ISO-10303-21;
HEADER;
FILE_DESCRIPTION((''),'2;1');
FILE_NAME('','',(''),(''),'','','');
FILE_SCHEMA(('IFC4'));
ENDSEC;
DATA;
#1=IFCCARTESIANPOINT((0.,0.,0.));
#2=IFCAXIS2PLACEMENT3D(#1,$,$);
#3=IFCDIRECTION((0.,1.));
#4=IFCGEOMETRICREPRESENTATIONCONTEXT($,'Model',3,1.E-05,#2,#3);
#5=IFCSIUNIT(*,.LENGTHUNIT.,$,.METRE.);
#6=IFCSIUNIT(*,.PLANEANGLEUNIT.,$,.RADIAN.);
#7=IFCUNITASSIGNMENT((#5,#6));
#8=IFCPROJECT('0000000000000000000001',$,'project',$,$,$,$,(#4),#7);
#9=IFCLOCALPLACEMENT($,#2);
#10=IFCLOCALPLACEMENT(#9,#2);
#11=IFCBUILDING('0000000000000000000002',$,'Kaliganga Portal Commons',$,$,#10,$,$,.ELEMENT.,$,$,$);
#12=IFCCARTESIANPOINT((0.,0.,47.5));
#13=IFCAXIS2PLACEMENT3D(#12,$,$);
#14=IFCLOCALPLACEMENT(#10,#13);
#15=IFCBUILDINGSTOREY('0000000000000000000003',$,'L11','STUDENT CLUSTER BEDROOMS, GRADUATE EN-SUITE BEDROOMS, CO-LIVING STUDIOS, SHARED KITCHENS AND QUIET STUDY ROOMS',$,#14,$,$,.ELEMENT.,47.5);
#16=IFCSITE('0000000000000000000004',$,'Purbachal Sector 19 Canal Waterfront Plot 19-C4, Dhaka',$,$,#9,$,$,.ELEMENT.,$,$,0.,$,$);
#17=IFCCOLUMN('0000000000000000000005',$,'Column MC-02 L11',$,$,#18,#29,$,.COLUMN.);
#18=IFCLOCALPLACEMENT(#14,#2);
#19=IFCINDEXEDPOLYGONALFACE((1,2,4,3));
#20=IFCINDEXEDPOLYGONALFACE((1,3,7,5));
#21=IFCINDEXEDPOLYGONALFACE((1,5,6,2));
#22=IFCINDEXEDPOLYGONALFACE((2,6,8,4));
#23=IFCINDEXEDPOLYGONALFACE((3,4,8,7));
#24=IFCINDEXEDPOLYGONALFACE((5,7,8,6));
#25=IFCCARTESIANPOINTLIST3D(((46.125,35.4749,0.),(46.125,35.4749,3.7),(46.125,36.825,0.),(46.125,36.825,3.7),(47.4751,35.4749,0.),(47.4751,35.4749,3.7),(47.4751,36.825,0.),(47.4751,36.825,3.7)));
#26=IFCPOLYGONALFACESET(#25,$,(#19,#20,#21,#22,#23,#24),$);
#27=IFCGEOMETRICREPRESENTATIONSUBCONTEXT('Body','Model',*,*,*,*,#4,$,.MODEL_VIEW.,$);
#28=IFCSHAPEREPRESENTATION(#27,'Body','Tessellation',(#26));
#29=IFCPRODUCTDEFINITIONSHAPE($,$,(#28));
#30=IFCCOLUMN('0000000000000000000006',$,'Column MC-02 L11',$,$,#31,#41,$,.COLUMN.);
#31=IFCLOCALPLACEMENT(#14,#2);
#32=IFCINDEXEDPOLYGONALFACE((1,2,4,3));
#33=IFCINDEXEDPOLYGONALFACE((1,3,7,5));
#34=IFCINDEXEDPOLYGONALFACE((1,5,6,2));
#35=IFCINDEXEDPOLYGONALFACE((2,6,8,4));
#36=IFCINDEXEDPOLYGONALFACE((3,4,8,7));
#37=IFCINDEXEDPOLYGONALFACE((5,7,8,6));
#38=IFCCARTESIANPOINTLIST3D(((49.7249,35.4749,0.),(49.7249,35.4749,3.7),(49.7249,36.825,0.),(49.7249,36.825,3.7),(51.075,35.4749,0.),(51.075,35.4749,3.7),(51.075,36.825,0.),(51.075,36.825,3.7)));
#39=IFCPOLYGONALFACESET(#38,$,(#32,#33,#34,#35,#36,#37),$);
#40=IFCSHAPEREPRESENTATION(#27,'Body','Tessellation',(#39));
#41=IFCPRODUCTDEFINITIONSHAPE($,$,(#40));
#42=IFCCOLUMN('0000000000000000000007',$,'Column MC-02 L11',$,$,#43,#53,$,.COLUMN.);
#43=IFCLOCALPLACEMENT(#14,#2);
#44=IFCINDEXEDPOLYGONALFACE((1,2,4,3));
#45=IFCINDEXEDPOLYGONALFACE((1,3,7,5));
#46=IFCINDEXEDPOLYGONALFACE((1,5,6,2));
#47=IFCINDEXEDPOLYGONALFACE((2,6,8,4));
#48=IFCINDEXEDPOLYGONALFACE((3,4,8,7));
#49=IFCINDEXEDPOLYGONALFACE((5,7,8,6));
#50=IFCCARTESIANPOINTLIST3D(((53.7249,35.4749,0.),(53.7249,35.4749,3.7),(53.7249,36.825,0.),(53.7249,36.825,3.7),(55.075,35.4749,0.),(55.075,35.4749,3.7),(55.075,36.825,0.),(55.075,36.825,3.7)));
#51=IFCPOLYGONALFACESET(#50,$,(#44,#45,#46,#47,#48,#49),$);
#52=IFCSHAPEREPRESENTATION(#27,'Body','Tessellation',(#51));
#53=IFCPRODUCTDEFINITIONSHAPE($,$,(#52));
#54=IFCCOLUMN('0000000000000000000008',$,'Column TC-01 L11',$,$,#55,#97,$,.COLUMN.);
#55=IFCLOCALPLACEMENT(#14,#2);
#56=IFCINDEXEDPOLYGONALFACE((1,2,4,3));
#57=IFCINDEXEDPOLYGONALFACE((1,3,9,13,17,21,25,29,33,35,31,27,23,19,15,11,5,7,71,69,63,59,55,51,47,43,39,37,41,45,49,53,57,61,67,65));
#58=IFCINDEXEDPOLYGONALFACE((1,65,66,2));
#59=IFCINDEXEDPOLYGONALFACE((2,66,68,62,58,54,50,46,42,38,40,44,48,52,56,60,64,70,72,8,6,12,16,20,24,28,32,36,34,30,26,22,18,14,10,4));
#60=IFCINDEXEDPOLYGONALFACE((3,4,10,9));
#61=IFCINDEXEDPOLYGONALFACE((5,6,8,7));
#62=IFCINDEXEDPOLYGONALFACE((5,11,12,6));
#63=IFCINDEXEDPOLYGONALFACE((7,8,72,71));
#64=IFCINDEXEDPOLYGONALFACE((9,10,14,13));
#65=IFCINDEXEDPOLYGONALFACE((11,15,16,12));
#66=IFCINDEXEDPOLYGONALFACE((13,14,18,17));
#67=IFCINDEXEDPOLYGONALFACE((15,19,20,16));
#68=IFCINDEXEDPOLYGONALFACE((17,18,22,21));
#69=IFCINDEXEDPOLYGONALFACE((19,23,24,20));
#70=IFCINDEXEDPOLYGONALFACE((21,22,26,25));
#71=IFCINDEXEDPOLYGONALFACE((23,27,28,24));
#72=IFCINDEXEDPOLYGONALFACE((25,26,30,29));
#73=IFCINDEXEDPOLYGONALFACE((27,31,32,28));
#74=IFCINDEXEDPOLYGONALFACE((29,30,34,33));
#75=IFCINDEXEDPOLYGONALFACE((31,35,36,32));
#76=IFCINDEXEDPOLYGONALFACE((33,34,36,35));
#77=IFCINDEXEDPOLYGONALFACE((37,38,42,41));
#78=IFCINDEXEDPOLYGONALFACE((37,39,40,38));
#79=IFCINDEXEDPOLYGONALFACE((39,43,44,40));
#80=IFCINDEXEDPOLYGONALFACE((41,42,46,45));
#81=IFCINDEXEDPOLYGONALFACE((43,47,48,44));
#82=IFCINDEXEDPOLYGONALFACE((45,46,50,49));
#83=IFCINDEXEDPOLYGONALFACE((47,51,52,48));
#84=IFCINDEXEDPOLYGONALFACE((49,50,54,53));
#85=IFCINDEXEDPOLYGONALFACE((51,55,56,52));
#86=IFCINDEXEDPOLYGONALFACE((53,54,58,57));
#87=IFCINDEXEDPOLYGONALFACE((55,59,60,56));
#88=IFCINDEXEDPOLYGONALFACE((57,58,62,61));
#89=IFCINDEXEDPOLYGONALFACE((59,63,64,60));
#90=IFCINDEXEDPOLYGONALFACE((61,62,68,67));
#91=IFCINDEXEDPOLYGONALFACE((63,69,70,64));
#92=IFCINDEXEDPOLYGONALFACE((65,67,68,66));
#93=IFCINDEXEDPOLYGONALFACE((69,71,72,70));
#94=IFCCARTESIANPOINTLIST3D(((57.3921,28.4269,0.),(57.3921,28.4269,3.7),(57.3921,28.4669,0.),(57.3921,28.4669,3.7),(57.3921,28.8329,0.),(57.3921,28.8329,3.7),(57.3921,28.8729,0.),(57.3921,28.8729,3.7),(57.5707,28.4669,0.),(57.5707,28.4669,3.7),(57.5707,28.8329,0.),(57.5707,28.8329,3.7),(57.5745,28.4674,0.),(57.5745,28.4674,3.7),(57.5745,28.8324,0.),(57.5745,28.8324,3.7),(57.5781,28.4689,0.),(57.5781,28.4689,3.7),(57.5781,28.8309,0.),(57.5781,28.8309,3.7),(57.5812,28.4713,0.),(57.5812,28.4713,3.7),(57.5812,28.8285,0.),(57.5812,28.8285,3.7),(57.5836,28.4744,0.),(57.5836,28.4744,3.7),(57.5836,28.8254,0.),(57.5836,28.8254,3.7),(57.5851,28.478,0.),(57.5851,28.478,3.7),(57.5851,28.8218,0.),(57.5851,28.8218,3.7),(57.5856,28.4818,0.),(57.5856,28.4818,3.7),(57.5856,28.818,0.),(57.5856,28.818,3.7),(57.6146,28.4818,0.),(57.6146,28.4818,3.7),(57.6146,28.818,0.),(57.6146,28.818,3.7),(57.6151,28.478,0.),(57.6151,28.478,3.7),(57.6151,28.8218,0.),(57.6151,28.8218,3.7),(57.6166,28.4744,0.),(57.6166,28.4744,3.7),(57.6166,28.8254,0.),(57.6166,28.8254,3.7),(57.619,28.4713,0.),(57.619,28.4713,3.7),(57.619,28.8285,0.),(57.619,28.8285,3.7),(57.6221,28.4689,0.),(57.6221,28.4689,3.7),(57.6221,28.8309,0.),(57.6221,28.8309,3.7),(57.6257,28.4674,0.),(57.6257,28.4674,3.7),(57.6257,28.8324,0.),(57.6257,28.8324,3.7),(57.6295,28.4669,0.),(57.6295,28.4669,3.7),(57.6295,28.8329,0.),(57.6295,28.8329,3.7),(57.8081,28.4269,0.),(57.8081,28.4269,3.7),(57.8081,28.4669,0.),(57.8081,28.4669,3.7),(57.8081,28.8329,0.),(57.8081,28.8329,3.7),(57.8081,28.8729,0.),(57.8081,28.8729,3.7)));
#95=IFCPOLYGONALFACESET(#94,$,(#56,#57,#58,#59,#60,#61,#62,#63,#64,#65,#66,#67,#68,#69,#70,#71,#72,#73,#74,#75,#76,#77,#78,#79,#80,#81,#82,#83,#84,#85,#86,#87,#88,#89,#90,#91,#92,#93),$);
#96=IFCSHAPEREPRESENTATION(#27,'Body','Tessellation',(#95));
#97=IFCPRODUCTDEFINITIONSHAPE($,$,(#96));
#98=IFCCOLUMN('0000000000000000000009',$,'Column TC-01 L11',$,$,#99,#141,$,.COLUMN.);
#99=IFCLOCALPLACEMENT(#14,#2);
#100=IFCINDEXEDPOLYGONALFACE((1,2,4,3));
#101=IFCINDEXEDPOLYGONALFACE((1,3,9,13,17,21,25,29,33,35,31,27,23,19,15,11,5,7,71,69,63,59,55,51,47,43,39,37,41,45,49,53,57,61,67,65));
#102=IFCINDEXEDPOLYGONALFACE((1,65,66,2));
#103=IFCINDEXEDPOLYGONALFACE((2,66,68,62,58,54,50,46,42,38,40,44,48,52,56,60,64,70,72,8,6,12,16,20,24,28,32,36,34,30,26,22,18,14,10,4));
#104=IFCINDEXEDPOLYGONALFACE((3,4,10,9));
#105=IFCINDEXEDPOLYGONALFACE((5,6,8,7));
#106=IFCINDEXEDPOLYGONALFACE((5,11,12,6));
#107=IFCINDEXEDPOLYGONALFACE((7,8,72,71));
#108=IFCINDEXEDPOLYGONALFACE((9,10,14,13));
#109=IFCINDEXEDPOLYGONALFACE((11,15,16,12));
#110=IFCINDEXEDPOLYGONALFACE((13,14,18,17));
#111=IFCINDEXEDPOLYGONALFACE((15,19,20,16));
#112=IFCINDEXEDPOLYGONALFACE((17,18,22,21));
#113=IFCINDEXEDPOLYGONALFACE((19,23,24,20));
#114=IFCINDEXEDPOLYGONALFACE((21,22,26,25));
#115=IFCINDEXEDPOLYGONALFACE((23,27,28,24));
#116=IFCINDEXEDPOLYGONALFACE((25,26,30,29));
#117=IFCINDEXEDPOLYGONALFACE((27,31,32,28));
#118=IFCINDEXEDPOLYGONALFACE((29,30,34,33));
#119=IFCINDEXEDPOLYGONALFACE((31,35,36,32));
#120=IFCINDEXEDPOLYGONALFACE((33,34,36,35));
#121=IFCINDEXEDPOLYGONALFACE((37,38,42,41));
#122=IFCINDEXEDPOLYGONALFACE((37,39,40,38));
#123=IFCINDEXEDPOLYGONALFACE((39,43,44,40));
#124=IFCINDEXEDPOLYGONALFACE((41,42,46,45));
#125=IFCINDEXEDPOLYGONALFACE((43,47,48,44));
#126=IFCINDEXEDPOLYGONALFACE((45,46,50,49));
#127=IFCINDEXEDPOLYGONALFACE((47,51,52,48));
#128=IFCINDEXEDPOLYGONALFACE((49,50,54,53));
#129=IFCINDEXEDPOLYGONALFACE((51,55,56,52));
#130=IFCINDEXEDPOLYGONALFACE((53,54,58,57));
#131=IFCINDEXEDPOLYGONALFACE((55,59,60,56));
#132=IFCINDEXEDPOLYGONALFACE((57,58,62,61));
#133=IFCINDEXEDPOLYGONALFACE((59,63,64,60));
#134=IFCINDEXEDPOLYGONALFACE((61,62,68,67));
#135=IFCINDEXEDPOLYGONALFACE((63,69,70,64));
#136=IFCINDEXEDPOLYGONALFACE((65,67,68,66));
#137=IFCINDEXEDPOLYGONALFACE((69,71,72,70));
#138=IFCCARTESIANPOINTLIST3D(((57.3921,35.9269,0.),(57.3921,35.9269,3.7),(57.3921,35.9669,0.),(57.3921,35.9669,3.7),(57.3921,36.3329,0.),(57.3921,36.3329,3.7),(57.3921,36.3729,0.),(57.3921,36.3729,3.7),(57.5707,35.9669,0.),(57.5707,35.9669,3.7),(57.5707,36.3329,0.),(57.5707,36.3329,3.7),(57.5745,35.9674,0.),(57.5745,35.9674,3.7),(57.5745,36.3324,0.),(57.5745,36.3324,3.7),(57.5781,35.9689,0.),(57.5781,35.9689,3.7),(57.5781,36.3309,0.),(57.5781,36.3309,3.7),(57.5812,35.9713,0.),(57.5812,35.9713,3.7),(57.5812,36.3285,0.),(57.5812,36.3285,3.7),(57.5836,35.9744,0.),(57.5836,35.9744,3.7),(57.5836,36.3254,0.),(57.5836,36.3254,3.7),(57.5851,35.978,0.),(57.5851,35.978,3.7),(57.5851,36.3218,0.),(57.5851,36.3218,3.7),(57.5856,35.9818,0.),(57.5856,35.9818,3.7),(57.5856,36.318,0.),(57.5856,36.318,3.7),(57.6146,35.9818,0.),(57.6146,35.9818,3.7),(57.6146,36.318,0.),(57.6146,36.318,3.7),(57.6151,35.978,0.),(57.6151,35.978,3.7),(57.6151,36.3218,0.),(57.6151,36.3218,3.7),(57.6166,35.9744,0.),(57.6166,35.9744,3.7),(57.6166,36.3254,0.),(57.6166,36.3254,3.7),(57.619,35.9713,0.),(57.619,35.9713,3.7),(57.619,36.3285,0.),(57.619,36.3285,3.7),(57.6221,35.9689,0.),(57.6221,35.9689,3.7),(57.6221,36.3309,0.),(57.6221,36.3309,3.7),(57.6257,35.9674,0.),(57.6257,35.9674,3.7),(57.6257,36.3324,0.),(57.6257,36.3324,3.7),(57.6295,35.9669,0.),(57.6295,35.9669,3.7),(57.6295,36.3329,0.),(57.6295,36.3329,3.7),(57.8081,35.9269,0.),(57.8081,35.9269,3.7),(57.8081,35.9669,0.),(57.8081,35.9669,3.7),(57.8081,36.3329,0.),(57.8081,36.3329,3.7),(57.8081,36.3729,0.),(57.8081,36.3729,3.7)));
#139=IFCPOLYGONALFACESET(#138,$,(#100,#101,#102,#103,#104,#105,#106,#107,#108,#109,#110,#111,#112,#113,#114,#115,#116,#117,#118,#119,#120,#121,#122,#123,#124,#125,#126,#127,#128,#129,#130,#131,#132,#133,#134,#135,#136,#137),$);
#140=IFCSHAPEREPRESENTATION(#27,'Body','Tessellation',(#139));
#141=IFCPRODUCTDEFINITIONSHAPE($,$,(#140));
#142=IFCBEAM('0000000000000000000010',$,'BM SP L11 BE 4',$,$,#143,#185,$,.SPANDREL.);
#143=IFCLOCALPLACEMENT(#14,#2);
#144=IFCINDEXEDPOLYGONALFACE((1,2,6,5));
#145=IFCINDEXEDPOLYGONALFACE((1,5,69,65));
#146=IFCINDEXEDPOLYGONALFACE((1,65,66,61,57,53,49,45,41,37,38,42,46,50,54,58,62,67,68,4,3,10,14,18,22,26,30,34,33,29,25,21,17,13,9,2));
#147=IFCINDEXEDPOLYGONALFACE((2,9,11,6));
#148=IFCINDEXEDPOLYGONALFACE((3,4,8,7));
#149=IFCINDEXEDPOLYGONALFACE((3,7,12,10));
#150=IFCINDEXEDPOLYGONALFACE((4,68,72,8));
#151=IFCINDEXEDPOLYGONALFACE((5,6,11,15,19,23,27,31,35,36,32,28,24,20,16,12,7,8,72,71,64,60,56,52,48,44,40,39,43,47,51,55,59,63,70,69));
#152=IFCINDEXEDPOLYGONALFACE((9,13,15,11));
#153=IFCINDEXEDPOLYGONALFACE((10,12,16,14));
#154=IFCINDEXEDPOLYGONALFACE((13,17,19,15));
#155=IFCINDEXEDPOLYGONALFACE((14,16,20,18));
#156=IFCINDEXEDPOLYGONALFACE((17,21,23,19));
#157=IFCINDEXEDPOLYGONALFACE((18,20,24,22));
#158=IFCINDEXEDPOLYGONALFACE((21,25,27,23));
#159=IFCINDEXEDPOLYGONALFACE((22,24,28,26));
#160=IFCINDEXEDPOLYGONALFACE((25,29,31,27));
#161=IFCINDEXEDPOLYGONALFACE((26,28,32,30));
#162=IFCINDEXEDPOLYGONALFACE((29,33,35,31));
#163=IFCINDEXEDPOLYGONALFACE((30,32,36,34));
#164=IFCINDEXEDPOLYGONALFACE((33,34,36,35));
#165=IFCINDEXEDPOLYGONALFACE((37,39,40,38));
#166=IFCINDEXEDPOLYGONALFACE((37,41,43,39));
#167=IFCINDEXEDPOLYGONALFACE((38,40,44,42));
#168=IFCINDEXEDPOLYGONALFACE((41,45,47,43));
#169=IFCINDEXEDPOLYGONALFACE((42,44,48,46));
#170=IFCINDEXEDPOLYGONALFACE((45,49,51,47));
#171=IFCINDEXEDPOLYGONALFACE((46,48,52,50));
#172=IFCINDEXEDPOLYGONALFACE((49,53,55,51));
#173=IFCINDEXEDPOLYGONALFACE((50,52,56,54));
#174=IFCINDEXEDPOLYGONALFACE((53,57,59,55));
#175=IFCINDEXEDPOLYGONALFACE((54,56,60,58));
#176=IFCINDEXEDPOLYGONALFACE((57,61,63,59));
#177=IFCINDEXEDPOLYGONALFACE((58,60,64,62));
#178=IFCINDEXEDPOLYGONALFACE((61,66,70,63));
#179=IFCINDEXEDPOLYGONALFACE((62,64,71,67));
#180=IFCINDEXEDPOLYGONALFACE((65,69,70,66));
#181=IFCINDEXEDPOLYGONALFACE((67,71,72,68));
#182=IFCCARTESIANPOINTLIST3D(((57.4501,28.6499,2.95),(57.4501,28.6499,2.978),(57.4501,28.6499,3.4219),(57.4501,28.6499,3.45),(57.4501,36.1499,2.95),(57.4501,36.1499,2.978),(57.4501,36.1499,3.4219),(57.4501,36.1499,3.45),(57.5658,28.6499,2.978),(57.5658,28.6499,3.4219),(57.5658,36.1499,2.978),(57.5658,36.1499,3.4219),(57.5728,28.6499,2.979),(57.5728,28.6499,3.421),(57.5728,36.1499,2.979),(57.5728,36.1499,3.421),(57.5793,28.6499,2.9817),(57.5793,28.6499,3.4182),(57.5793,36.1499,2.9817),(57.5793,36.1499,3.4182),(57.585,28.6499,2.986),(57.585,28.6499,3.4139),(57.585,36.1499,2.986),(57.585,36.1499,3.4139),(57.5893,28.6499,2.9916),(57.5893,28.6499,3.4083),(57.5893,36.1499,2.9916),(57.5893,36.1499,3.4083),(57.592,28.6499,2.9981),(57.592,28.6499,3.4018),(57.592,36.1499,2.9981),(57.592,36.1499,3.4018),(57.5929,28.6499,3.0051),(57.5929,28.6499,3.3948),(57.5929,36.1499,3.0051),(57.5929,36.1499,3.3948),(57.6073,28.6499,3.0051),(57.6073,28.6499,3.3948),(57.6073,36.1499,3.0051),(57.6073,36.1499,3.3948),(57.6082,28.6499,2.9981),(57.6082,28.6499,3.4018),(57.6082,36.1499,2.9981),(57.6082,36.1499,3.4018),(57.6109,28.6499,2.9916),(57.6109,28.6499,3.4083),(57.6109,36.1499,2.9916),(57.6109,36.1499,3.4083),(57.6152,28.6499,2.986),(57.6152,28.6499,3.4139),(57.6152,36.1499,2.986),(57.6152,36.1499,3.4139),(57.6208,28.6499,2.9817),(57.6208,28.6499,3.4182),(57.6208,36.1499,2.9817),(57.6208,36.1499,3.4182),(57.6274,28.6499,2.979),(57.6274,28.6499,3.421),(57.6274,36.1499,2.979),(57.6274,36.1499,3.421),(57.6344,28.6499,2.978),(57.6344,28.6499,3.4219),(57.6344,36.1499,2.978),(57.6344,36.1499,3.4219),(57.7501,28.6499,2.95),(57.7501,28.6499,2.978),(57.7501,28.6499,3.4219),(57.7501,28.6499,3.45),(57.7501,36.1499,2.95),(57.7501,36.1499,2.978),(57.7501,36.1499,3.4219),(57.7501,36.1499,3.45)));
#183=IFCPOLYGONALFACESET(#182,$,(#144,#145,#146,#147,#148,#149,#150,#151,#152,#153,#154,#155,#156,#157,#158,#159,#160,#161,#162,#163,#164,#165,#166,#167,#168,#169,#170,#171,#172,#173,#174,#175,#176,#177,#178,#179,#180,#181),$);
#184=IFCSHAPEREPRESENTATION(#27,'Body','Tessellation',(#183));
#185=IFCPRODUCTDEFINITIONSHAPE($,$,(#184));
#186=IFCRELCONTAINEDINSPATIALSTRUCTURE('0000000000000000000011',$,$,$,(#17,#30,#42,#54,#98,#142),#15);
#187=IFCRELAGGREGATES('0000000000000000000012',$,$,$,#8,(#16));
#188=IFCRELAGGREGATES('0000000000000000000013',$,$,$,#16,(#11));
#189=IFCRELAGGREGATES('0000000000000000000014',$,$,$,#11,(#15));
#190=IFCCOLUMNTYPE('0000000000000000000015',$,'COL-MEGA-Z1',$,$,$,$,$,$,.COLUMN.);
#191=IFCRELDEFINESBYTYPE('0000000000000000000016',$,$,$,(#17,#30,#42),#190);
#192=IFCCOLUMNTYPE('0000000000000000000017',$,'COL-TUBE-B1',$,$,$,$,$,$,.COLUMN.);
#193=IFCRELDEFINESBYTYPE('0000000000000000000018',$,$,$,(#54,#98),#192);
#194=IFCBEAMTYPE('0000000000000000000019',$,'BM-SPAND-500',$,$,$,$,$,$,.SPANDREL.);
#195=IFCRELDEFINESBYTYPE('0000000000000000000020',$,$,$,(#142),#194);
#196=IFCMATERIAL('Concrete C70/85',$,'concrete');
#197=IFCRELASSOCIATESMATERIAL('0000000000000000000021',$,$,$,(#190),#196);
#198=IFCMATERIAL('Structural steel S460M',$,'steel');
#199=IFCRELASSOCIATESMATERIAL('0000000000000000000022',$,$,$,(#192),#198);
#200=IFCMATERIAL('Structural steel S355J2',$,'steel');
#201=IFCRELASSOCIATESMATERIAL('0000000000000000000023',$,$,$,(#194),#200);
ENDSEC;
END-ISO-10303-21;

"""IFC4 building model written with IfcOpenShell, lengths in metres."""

from ifc_helpers import new_model, si_unit, direction, frame, origin, origin_2d, place, context, subcontext, project, spatial, rectangle, i_section, extrude, source, transform, mapped, material, material_profile, profile_set, type_object, element, save


model = new_model("IFC4")

# Units and contexts
model_context = context("Model", 3, precision=1e-05, world=origin(), true_north=direction((0.0, 1.0)))
body_context = subcontext(model_context, "Body", "Model", "MODEL_VIEW")
ifc_project = project(units=[si_unit("LENGTHUNIT", "METRE"), si_unit("PLANEANGLEUNIT", "RADIAN")], contexts=[model_context])

# Site, building, storey
site_placement = place(None, origin())
site = spatial("IfcSite", under=ifc_project, at=site_placement, Name="Purbachal Sector 19 Canal Waterfront Plot 19-C4, Dhaka", CompositionType="ELEMENT", RefElevation=0.0)
building_placement = place(site_placement, origin())
building = spatial("IfcBuilding", under=site, at=building_placement, Name="Kaliganga Portal Commons", CompositionType="ELEMENT")
storey_placement = place(building_placement, frame((0.0, 0.0, 47.5)))
storey = spatial("IfcBuildingStorey", under=building, at=storey_placement, Name="L11", Description="STUDENT CLUSTER BEDROOMS, GRADUATE EN-SUITE BEDROOMS, CO-LIVING STUDIOS, SHARED KITCHENS AND QUIET STUDY ROOMS", CompositionType="ELEMENT", Elevation=47.5)

# Columns
ifc_material_1 = material(Name="Concrete C70/85", Category="concrete")
ifc_material_profile_1 = material_profile(ifc_material_1, rectangle(XDim=1.3501, YDim=1.3501, at=origin_2d()), Name="RC 1350x1350")
ifc_profile_set_1 = profile_set([ifc_material_profile_1], Name="Concrete C70/85")
column_type_1 = type_object("IfcColumnType", Name="COL-MEGA-Z1", PredefinedType="COLUMN", material=ifc_profile_set_1)
shared_shape_1 = source(origin(), body_context, "Body", "SweptSolid", [
    extrude(rectangle(XDim=1.3501, YDim=1.3501, at=origin_2d()), origin(), (0.0, 0.0, 1.0), 3.7),
])
for number, where, z_axis, x_axis, name in (
    (1, (46.8, 36.1499, 0.0), (0.0, 0.0, 1.0), (1.0, 0.0, 0.0), "Column MC-02 L11"),
    (2, (50.3999, 36.1499, 0.0), (0.0, 0.0, 1.0), (1.0, 0.0, 0.0), "Column MC-02 L11"),
    (3, (54.3999, 36.1499, 0.0), (0.0, 0.0, 1.0), (1.0, 0.0, 0.0), "Column MC-02 L11"),
):
    element("IfcColumn", number, at=place(storey_placement, frame(where, z_axis=z_axis, x_axis=x_axis)), inside=storey, type_object=column_type_1, Name=name, PredefinedType="COLUMN", context=body_context, shape_type="MappedRepresentation", body=[
        mapped(shared_shape_1, transform((0.0, 0.0, 0.0), x_axis=(1.0, 0.0, 0.0), y_axis=(0.0, 1.0, 0.0), z_axis=(0.0, 0.0, 1.0), scale=1.0)),
    ])
ifc_material_2 = material(Name="Structural steel S460M", Category="steel")
ifc_material_profile_2 = material_profile(ifc_material_2, i_section(OverallWidth=0.416, OverallDepth=0.446, WebThickness=0.0291, FlangeThickness=0.04, FilletRadius=0.0149, at=origin_2d()), Name="HD 400x509")
ifc_profile_set_2 = profile_set([ifc_material_profile_2], Name="Structural steel S460M wide-flange")
column_type_2 = type_object("IfcColumnType", Name="COL-TUBE-B1", PredefinedType="COLUMN", material=ifc_profile_set_2)
shared_shape_2 = source(origin(), body_context, "Body", "SweptSolid", [
    extrude(i_section(OverallWidth=0.416, OverallDepth=0.446, WebThickness=0.0291, FlangeThickness=0.04, FilletRadius=0.0149, at=origin_2d()), origin(), (0.0, 0.0, 1.0), 3.7),
])
for number, where, z_axis, x_axis, name in (
    (4, (57.6001, 28.6499, 0.0), (0.0, 0.0, 1.0), (1.0, 0.0, 0.0), "Column TC-01 L11"),
    (5, (57.6001, 36.1499, 0.0), (0.0, 0.0, 1.0), (1.0, 0.0, 0.0), "Column TC-01 L11"),
):
    element("IfcColumn", number, at=place(storey_placement, frame(where, z_axis=z_axis, x_axis=x_axis)), inside=storey, type_object=column_type_2, Name=name, PredefinedType="COLUMN", context=body_context, shape_type="MappedRepresentation", body=[
        mapped(shared_shape_2, transform((0.0, 0.0, 0.0), x_axis=(1.0, 0.0, 0.0), y_axis=(0.0, 1.0, 0.0), z_axis=(0.0, 0.0, 1.0), scale=1.0)),
    ])

# Beam
ifc_material_3 = material(Name="Structural steel S355J2", Category="steel")
ifc_material_profile_3 = material_profile(ifc_material_3, i_section(OverallWidth=0.3, OverallDepth=0.5, WebThickness=0.0144, FlangeThickness=0.0281, FilletRadius=0.0271, at=origin_2d()), Name="HE 500 B")
ifc_profile_set_3 = profile_set([ifc_material_profile_3], Name="Structural steel S355J2 wide-flange")
beam_type_1 = type_object("IfcBeamType", Name="BM-SPAND-500", PredefinedType="SPANDREL", material=ifc_profile_set_3)
shared_shape_3 = source(origin(), body_context, "Body", "SweptSolid", [
    extrude(i_section(OverallWidth=0.3, OverallDepth=0.5, WebThickness=0.0144, FlangeThickness=0.0281, FilletRadius=0.0271, at=origin_2d()), origin(), (0.0, 0.0, 1.0), 7.5),
])
beam_1_placement = place(storey_placement, frame((57.6001, 28.6499, 3.2), z_axis=(0.0, 1.0, 0.0), x_axis=(-1.0, 0.0, 0.0)))
element("IfcBeam", 6, at=beam_1_placement, inside=storey, type_object=beam_type_1, Name="BM SP L11 BE 4", PredefinedType="SPANDREL", context=body_context, shape_type="MappedRepresentation", body=[
    mapped(shared_shape_3, transform((0.0, 0.0, 0.0), x_axis=(1.0, 0.0, 0.0), y_axis=(0.0, 1.0, 0.0), z_axis=(0.0, 0.0, 1.0), scale=1.0)),
])

save(model, "model.ifc")
